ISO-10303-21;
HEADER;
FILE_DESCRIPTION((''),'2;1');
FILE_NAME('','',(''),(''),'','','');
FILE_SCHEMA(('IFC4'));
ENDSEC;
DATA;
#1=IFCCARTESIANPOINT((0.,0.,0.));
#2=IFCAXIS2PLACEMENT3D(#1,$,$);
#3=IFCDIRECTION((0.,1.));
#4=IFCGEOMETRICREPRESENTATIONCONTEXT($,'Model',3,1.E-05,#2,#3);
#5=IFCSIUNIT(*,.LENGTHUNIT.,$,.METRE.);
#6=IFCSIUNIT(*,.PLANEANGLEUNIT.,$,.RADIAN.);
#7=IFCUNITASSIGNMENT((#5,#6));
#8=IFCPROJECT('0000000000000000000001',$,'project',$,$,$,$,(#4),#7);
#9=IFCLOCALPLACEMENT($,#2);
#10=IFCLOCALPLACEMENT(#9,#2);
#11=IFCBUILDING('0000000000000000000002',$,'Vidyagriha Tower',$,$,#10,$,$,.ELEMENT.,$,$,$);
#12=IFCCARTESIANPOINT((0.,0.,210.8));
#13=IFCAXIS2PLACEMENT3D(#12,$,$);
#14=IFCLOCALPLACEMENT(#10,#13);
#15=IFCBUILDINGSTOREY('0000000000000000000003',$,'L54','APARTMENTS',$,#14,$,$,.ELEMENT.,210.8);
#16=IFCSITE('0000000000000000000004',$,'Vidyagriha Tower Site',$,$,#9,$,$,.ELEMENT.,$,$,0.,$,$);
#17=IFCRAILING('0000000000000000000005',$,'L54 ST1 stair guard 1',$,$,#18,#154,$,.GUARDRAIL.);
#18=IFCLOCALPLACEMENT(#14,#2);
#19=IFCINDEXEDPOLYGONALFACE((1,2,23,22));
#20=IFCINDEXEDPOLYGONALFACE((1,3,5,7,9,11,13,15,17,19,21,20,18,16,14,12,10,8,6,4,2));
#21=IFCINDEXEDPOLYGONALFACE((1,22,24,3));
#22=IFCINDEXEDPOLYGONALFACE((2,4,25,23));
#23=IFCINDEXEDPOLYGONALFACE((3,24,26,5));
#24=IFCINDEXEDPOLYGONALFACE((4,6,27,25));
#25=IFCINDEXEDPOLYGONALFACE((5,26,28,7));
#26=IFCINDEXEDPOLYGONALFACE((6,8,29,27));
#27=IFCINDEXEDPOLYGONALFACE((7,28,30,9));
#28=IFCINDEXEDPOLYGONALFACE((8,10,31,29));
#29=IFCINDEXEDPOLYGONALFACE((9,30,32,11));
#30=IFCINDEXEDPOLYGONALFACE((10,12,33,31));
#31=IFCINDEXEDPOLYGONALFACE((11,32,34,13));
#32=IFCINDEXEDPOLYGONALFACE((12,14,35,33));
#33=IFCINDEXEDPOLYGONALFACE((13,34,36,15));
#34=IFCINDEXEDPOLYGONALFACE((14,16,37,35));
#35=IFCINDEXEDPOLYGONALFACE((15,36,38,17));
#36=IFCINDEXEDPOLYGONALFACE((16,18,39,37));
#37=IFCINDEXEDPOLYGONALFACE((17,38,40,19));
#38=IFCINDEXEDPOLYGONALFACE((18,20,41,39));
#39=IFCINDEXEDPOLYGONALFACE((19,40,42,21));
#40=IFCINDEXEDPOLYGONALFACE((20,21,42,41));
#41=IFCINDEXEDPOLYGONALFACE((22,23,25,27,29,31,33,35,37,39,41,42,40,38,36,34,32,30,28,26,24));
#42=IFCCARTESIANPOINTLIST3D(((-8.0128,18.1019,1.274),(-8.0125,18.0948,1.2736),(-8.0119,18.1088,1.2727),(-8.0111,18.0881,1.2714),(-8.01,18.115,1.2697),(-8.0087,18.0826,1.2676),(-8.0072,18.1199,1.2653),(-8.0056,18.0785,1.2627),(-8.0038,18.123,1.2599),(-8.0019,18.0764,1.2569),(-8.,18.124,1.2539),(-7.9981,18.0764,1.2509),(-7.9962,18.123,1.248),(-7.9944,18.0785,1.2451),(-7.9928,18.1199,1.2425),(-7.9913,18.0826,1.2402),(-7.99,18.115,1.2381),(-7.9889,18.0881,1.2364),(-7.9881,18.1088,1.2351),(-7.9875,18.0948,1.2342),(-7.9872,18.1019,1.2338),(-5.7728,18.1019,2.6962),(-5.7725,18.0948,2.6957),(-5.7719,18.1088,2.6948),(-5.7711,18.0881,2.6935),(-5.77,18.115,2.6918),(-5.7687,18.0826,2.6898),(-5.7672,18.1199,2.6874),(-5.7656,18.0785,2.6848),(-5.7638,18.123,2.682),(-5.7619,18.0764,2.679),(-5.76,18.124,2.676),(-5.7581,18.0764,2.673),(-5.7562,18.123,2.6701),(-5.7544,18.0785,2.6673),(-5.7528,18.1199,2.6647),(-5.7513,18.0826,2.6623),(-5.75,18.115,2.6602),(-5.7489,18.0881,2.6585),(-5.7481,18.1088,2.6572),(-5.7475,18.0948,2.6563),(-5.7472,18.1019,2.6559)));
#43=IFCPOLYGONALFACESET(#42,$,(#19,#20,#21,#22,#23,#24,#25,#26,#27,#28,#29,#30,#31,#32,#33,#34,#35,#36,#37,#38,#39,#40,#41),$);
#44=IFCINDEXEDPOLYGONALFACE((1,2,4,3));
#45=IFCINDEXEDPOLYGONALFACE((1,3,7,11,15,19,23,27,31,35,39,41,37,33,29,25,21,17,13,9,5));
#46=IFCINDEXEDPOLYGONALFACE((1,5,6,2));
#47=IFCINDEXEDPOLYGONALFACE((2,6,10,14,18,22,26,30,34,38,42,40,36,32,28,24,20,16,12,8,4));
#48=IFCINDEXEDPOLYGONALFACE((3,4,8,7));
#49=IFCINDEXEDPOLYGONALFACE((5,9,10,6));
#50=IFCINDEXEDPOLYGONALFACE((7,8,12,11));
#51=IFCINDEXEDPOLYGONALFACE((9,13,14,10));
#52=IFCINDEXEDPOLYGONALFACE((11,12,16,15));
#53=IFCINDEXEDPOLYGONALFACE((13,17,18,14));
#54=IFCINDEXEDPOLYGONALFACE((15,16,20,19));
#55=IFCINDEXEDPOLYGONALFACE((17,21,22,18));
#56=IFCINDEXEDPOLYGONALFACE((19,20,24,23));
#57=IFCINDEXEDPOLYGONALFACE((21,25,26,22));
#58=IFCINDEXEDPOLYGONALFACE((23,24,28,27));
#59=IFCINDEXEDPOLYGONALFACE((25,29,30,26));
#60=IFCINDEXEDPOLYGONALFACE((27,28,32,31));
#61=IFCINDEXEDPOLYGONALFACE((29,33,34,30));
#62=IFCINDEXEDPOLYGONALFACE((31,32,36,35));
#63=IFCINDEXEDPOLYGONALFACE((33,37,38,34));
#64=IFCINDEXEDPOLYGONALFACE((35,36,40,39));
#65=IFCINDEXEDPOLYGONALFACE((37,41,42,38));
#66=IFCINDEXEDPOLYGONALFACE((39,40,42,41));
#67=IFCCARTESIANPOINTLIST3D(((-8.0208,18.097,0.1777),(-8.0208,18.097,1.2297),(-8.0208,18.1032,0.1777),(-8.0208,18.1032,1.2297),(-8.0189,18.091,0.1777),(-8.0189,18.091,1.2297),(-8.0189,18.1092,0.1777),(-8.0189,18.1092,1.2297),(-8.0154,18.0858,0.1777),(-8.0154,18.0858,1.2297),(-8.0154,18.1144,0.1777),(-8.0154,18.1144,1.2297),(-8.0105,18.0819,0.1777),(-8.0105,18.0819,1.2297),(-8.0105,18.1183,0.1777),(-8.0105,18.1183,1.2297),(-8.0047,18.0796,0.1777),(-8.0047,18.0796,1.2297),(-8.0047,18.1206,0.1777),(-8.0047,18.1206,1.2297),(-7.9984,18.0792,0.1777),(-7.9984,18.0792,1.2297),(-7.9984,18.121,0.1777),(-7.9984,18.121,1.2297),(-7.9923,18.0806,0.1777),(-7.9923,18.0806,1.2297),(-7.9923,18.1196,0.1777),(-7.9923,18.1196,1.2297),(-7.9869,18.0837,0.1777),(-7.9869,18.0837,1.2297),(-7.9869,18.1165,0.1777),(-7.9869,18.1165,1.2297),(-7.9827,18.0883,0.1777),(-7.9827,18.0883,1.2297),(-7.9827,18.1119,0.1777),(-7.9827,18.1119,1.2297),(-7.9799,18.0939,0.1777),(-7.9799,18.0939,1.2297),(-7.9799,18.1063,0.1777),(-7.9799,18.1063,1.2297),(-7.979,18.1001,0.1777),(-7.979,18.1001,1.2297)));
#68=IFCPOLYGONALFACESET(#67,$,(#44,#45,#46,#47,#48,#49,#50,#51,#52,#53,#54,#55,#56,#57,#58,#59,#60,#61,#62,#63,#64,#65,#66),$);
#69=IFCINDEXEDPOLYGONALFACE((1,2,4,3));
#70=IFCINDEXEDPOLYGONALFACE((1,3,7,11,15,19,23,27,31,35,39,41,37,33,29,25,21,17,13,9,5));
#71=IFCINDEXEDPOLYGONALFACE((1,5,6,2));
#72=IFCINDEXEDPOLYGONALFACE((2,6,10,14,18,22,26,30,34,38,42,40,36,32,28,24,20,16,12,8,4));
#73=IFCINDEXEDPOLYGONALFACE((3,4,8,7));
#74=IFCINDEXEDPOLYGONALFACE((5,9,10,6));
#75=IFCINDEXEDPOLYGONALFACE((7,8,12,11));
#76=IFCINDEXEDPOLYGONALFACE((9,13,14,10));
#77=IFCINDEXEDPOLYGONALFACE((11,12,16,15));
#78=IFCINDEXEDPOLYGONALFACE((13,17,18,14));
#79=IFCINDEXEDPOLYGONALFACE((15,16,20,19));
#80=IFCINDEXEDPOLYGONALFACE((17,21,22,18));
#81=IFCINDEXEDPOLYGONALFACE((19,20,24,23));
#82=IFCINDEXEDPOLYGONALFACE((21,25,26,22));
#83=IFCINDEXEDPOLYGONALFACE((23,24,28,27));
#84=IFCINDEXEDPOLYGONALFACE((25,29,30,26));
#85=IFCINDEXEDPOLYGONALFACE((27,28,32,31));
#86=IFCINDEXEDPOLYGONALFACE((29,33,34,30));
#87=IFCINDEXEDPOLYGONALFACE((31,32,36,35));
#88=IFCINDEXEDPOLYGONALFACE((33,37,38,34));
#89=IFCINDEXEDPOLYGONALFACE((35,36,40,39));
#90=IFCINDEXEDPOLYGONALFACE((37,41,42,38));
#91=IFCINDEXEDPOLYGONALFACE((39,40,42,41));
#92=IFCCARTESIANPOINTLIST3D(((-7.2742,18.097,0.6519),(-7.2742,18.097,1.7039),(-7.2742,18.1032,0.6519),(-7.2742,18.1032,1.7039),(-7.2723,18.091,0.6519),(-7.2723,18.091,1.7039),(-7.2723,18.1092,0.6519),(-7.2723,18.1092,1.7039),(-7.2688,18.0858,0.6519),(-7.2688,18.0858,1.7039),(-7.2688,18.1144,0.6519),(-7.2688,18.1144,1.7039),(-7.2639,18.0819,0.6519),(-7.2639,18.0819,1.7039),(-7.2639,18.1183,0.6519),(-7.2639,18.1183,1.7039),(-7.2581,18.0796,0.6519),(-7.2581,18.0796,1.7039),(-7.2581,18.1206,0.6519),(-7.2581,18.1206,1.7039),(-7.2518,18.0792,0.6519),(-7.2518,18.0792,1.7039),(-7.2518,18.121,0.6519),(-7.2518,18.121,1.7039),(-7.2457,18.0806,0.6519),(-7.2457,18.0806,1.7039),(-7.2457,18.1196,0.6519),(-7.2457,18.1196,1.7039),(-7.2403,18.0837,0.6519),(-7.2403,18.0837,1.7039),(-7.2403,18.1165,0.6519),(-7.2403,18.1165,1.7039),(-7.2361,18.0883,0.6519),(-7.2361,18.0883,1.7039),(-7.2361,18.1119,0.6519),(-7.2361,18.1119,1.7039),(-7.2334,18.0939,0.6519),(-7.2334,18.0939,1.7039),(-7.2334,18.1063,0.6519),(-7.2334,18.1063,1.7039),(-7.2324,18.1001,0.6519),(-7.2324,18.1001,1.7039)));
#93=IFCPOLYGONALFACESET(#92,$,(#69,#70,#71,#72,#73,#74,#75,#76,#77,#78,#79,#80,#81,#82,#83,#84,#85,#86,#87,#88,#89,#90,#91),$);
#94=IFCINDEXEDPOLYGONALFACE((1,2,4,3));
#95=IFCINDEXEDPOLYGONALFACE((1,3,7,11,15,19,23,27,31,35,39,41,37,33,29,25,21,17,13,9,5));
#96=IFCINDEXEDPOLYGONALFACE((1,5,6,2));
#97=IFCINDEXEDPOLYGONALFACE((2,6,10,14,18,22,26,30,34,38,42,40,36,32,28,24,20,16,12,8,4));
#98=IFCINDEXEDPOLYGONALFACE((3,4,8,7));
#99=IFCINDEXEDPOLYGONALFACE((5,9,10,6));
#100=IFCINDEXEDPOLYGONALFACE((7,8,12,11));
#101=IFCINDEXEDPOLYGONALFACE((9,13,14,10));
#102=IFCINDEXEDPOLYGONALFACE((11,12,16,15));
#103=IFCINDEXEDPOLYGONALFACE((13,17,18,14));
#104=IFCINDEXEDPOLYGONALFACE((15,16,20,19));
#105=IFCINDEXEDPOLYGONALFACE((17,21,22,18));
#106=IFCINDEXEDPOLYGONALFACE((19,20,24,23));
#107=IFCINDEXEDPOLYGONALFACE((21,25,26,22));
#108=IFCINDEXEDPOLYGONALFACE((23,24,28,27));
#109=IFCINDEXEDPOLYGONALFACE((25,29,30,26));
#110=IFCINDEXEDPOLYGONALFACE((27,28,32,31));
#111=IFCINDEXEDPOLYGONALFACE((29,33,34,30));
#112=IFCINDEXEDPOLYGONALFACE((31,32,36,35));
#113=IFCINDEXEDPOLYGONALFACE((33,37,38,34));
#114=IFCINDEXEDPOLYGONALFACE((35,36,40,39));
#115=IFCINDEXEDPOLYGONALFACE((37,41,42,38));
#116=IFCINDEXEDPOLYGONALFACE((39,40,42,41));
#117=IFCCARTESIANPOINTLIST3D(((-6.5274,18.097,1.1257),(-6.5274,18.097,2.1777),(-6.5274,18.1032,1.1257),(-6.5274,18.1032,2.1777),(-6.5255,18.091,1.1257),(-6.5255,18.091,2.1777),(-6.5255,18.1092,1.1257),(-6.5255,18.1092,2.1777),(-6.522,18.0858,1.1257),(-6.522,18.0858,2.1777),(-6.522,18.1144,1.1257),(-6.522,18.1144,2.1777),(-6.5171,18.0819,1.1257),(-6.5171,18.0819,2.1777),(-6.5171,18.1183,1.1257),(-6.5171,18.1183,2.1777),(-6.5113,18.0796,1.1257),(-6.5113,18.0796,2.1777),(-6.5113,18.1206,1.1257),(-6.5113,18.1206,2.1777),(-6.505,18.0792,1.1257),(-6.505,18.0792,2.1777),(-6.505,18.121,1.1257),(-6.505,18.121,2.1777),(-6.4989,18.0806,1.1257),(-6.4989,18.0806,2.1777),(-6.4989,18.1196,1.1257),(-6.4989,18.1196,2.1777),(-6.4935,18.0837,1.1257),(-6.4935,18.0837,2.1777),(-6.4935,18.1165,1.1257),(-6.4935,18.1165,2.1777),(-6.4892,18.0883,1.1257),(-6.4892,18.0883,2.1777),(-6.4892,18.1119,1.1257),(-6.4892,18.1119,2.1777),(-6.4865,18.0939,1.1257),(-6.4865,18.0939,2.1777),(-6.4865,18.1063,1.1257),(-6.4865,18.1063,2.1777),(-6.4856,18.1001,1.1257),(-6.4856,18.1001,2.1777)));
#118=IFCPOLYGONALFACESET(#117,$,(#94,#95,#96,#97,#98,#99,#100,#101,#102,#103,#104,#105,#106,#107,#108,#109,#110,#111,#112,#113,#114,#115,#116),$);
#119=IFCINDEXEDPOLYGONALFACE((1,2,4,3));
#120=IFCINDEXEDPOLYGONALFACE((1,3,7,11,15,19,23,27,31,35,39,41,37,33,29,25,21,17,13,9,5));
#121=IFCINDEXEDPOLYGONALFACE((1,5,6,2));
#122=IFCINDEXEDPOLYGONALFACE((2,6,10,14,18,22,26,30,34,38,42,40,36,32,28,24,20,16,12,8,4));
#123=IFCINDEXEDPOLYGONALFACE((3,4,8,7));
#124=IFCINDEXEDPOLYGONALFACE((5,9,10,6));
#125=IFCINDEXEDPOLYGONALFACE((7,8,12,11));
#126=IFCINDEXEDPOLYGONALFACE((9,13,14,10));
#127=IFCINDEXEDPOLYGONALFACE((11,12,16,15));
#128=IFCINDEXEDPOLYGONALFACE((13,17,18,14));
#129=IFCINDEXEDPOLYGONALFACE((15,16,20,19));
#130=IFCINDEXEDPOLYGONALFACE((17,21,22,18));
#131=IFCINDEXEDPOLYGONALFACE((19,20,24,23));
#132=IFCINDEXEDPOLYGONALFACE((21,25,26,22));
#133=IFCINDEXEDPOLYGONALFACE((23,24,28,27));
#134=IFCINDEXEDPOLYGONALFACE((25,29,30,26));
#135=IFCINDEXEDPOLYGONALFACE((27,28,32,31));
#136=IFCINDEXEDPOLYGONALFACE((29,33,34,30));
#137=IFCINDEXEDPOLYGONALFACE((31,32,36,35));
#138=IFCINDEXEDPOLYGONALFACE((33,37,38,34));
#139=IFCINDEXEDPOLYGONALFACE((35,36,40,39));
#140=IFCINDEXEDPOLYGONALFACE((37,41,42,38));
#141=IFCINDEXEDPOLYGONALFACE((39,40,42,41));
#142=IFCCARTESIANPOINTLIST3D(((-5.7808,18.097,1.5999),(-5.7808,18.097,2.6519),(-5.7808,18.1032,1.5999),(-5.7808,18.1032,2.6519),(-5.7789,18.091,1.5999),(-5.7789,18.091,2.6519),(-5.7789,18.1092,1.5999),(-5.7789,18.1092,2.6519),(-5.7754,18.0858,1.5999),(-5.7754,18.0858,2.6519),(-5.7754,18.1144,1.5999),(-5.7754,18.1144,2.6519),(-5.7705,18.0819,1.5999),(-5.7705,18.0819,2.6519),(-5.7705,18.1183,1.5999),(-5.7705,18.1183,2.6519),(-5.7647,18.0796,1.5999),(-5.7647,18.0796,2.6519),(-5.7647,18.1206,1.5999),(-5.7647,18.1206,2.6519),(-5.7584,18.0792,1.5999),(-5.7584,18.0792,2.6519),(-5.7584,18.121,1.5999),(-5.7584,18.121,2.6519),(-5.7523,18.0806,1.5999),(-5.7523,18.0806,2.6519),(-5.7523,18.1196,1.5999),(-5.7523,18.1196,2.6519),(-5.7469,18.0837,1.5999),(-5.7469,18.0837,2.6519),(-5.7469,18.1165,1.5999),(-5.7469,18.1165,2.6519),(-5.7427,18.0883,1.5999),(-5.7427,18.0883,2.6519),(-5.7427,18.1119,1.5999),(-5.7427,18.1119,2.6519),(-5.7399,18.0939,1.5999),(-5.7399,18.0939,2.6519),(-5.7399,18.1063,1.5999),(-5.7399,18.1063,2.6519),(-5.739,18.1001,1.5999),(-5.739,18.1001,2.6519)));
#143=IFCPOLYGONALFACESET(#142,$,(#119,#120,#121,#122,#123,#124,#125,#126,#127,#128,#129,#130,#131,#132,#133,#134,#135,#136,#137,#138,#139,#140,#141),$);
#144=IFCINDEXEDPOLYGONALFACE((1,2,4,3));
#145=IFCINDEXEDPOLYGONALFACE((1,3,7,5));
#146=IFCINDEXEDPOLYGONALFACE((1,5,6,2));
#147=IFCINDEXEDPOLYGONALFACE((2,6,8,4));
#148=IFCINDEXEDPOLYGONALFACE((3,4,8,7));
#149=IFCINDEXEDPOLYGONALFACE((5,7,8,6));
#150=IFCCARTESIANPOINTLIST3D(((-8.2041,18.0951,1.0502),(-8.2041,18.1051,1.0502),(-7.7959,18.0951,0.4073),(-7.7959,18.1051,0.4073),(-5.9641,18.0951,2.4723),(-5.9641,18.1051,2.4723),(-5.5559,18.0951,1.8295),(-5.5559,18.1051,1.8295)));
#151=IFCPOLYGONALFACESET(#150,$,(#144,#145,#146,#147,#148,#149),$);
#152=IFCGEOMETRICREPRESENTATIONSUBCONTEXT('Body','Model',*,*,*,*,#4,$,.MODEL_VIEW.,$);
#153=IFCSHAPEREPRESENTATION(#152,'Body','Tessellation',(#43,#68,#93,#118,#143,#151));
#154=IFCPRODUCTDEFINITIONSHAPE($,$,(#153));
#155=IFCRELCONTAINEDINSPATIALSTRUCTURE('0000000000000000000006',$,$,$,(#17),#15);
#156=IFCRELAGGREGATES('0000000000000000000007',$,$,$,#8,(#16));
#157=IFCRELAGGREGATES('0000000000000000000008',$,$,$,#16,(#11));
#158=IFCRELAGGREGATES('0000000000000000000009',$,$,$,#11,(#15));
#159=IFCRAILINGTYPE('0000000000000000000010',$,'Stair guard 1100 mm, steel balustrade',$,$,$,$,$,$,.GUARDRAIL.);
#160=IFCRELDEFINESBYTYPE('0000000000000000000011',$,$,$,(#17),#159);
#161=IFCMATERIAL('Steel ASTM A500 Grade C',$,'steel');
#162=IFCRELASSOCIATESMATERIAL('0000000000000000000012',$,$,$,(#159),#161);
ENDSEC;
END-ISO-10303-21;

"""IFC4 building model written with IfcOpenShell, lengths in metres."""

from ifc_helpers import new_model, si_unit, direction, frame, origin, origin_2d, place, context, subcontext, project, spatial, rectangle, circle, extrude, material, type_object, element, save


model = new_model("IFC4")

# Units and contexts
model_context = context("Model", 3, precision=1e-05, world=origin(), true_north=direction((0.0, 1.0)))
body_context = subcontext(model_context, "Body", "Model", "MODEL_VIEW")
ifc_project = project(units=[si_unit("LENGTHUNIT", "METRE"), si_unit("PLANEANGLEUNIT", "RADIAN")], contexts=[model_context])

# Site, building, storey
site_placement = place(None, origin())
site = spatial("IfcSite", under=ifc_project, at=site_placement, Name="Vidyagriha Tower Site", CompositionType="ELEMENT", RefElevation=0.0)
building_placement = place(site_placement, origin())
building = spatial("IfcBuilding", under=site, at=building_placement, Name="Vidyagriha Tower", CompositionType="ELEMENT")
storey_placement = place(building_placement, frame((0.0, 0.0, 210.8)))
storey = spatial("IfcBuildingStorey", under=building, at=storey_placement, Name="L54", Description="APARTMENTS", CompositionType="ELEMENT", Elevation=210.8)

# Railing
ifc_material_1 = material(Name="Steel ASTM A500 Grade C", Category="steel")
railing_type_1 = type_object("IfcRailingType", Name="Stair guard 1100 mm, steel balustrade", PredefinedType="GUARDRAIL", material=ifc_material_1)
railing_1_placement = place(storey_placement, frame((-8.0, 18.1001, 0.1777)))
element("IfcRailing", 1, at=railing_1_placement, inside=storey, type_object=railing_type_1, Name="L54 ST1 stair guard 1", PredefinedType="GUARDRAIL", context=body_context, shape_type="SweptSolid", body=[
    extrude(circle(Radius=0.0239, at=origin_2d()), frame((0.0, 0.0, 1.0762), z_axis=(0.844229, 0.0, 0.535982), x_axis=(0.0, 1.0, 0.0)), (0.0, 0.0, 1.0), 2.6533),
    extrude(circle(Radius=0.021, at=origin_2d()), origin(), (0.0, 0.0, 1.0), 1.052),
    extrude(circle(Radius=0.021, at=origin_2d()), frame((0.7466, 0.0, 0.4741)), (0.0, 0.0, 1.0), 1.052),
    extrude(circle(Radius=0.021, at=origin_2d()), frame((1.4934, 0.0, 0.948)), (0.0, 0.0, 1.0), 1.052),
    extrude(circle(Radius=0.021, at=origin_2d()), frame((2.24, 0.0, 1.4221)), (0.0, 0.0, 1.0), 1.052),
    extrude(rectangle(XDim=0.01, YDim=0.7615, at=origin_2d()), frame((0.0, 0.0, 0.551), z_axis=(0.844229, 0.0, 0.535982), x_axis=(0.0, 1.0, 0.0)), (0.0, 0.0, 1.0), 2.6533),
])

save(model, "model.ifc")
